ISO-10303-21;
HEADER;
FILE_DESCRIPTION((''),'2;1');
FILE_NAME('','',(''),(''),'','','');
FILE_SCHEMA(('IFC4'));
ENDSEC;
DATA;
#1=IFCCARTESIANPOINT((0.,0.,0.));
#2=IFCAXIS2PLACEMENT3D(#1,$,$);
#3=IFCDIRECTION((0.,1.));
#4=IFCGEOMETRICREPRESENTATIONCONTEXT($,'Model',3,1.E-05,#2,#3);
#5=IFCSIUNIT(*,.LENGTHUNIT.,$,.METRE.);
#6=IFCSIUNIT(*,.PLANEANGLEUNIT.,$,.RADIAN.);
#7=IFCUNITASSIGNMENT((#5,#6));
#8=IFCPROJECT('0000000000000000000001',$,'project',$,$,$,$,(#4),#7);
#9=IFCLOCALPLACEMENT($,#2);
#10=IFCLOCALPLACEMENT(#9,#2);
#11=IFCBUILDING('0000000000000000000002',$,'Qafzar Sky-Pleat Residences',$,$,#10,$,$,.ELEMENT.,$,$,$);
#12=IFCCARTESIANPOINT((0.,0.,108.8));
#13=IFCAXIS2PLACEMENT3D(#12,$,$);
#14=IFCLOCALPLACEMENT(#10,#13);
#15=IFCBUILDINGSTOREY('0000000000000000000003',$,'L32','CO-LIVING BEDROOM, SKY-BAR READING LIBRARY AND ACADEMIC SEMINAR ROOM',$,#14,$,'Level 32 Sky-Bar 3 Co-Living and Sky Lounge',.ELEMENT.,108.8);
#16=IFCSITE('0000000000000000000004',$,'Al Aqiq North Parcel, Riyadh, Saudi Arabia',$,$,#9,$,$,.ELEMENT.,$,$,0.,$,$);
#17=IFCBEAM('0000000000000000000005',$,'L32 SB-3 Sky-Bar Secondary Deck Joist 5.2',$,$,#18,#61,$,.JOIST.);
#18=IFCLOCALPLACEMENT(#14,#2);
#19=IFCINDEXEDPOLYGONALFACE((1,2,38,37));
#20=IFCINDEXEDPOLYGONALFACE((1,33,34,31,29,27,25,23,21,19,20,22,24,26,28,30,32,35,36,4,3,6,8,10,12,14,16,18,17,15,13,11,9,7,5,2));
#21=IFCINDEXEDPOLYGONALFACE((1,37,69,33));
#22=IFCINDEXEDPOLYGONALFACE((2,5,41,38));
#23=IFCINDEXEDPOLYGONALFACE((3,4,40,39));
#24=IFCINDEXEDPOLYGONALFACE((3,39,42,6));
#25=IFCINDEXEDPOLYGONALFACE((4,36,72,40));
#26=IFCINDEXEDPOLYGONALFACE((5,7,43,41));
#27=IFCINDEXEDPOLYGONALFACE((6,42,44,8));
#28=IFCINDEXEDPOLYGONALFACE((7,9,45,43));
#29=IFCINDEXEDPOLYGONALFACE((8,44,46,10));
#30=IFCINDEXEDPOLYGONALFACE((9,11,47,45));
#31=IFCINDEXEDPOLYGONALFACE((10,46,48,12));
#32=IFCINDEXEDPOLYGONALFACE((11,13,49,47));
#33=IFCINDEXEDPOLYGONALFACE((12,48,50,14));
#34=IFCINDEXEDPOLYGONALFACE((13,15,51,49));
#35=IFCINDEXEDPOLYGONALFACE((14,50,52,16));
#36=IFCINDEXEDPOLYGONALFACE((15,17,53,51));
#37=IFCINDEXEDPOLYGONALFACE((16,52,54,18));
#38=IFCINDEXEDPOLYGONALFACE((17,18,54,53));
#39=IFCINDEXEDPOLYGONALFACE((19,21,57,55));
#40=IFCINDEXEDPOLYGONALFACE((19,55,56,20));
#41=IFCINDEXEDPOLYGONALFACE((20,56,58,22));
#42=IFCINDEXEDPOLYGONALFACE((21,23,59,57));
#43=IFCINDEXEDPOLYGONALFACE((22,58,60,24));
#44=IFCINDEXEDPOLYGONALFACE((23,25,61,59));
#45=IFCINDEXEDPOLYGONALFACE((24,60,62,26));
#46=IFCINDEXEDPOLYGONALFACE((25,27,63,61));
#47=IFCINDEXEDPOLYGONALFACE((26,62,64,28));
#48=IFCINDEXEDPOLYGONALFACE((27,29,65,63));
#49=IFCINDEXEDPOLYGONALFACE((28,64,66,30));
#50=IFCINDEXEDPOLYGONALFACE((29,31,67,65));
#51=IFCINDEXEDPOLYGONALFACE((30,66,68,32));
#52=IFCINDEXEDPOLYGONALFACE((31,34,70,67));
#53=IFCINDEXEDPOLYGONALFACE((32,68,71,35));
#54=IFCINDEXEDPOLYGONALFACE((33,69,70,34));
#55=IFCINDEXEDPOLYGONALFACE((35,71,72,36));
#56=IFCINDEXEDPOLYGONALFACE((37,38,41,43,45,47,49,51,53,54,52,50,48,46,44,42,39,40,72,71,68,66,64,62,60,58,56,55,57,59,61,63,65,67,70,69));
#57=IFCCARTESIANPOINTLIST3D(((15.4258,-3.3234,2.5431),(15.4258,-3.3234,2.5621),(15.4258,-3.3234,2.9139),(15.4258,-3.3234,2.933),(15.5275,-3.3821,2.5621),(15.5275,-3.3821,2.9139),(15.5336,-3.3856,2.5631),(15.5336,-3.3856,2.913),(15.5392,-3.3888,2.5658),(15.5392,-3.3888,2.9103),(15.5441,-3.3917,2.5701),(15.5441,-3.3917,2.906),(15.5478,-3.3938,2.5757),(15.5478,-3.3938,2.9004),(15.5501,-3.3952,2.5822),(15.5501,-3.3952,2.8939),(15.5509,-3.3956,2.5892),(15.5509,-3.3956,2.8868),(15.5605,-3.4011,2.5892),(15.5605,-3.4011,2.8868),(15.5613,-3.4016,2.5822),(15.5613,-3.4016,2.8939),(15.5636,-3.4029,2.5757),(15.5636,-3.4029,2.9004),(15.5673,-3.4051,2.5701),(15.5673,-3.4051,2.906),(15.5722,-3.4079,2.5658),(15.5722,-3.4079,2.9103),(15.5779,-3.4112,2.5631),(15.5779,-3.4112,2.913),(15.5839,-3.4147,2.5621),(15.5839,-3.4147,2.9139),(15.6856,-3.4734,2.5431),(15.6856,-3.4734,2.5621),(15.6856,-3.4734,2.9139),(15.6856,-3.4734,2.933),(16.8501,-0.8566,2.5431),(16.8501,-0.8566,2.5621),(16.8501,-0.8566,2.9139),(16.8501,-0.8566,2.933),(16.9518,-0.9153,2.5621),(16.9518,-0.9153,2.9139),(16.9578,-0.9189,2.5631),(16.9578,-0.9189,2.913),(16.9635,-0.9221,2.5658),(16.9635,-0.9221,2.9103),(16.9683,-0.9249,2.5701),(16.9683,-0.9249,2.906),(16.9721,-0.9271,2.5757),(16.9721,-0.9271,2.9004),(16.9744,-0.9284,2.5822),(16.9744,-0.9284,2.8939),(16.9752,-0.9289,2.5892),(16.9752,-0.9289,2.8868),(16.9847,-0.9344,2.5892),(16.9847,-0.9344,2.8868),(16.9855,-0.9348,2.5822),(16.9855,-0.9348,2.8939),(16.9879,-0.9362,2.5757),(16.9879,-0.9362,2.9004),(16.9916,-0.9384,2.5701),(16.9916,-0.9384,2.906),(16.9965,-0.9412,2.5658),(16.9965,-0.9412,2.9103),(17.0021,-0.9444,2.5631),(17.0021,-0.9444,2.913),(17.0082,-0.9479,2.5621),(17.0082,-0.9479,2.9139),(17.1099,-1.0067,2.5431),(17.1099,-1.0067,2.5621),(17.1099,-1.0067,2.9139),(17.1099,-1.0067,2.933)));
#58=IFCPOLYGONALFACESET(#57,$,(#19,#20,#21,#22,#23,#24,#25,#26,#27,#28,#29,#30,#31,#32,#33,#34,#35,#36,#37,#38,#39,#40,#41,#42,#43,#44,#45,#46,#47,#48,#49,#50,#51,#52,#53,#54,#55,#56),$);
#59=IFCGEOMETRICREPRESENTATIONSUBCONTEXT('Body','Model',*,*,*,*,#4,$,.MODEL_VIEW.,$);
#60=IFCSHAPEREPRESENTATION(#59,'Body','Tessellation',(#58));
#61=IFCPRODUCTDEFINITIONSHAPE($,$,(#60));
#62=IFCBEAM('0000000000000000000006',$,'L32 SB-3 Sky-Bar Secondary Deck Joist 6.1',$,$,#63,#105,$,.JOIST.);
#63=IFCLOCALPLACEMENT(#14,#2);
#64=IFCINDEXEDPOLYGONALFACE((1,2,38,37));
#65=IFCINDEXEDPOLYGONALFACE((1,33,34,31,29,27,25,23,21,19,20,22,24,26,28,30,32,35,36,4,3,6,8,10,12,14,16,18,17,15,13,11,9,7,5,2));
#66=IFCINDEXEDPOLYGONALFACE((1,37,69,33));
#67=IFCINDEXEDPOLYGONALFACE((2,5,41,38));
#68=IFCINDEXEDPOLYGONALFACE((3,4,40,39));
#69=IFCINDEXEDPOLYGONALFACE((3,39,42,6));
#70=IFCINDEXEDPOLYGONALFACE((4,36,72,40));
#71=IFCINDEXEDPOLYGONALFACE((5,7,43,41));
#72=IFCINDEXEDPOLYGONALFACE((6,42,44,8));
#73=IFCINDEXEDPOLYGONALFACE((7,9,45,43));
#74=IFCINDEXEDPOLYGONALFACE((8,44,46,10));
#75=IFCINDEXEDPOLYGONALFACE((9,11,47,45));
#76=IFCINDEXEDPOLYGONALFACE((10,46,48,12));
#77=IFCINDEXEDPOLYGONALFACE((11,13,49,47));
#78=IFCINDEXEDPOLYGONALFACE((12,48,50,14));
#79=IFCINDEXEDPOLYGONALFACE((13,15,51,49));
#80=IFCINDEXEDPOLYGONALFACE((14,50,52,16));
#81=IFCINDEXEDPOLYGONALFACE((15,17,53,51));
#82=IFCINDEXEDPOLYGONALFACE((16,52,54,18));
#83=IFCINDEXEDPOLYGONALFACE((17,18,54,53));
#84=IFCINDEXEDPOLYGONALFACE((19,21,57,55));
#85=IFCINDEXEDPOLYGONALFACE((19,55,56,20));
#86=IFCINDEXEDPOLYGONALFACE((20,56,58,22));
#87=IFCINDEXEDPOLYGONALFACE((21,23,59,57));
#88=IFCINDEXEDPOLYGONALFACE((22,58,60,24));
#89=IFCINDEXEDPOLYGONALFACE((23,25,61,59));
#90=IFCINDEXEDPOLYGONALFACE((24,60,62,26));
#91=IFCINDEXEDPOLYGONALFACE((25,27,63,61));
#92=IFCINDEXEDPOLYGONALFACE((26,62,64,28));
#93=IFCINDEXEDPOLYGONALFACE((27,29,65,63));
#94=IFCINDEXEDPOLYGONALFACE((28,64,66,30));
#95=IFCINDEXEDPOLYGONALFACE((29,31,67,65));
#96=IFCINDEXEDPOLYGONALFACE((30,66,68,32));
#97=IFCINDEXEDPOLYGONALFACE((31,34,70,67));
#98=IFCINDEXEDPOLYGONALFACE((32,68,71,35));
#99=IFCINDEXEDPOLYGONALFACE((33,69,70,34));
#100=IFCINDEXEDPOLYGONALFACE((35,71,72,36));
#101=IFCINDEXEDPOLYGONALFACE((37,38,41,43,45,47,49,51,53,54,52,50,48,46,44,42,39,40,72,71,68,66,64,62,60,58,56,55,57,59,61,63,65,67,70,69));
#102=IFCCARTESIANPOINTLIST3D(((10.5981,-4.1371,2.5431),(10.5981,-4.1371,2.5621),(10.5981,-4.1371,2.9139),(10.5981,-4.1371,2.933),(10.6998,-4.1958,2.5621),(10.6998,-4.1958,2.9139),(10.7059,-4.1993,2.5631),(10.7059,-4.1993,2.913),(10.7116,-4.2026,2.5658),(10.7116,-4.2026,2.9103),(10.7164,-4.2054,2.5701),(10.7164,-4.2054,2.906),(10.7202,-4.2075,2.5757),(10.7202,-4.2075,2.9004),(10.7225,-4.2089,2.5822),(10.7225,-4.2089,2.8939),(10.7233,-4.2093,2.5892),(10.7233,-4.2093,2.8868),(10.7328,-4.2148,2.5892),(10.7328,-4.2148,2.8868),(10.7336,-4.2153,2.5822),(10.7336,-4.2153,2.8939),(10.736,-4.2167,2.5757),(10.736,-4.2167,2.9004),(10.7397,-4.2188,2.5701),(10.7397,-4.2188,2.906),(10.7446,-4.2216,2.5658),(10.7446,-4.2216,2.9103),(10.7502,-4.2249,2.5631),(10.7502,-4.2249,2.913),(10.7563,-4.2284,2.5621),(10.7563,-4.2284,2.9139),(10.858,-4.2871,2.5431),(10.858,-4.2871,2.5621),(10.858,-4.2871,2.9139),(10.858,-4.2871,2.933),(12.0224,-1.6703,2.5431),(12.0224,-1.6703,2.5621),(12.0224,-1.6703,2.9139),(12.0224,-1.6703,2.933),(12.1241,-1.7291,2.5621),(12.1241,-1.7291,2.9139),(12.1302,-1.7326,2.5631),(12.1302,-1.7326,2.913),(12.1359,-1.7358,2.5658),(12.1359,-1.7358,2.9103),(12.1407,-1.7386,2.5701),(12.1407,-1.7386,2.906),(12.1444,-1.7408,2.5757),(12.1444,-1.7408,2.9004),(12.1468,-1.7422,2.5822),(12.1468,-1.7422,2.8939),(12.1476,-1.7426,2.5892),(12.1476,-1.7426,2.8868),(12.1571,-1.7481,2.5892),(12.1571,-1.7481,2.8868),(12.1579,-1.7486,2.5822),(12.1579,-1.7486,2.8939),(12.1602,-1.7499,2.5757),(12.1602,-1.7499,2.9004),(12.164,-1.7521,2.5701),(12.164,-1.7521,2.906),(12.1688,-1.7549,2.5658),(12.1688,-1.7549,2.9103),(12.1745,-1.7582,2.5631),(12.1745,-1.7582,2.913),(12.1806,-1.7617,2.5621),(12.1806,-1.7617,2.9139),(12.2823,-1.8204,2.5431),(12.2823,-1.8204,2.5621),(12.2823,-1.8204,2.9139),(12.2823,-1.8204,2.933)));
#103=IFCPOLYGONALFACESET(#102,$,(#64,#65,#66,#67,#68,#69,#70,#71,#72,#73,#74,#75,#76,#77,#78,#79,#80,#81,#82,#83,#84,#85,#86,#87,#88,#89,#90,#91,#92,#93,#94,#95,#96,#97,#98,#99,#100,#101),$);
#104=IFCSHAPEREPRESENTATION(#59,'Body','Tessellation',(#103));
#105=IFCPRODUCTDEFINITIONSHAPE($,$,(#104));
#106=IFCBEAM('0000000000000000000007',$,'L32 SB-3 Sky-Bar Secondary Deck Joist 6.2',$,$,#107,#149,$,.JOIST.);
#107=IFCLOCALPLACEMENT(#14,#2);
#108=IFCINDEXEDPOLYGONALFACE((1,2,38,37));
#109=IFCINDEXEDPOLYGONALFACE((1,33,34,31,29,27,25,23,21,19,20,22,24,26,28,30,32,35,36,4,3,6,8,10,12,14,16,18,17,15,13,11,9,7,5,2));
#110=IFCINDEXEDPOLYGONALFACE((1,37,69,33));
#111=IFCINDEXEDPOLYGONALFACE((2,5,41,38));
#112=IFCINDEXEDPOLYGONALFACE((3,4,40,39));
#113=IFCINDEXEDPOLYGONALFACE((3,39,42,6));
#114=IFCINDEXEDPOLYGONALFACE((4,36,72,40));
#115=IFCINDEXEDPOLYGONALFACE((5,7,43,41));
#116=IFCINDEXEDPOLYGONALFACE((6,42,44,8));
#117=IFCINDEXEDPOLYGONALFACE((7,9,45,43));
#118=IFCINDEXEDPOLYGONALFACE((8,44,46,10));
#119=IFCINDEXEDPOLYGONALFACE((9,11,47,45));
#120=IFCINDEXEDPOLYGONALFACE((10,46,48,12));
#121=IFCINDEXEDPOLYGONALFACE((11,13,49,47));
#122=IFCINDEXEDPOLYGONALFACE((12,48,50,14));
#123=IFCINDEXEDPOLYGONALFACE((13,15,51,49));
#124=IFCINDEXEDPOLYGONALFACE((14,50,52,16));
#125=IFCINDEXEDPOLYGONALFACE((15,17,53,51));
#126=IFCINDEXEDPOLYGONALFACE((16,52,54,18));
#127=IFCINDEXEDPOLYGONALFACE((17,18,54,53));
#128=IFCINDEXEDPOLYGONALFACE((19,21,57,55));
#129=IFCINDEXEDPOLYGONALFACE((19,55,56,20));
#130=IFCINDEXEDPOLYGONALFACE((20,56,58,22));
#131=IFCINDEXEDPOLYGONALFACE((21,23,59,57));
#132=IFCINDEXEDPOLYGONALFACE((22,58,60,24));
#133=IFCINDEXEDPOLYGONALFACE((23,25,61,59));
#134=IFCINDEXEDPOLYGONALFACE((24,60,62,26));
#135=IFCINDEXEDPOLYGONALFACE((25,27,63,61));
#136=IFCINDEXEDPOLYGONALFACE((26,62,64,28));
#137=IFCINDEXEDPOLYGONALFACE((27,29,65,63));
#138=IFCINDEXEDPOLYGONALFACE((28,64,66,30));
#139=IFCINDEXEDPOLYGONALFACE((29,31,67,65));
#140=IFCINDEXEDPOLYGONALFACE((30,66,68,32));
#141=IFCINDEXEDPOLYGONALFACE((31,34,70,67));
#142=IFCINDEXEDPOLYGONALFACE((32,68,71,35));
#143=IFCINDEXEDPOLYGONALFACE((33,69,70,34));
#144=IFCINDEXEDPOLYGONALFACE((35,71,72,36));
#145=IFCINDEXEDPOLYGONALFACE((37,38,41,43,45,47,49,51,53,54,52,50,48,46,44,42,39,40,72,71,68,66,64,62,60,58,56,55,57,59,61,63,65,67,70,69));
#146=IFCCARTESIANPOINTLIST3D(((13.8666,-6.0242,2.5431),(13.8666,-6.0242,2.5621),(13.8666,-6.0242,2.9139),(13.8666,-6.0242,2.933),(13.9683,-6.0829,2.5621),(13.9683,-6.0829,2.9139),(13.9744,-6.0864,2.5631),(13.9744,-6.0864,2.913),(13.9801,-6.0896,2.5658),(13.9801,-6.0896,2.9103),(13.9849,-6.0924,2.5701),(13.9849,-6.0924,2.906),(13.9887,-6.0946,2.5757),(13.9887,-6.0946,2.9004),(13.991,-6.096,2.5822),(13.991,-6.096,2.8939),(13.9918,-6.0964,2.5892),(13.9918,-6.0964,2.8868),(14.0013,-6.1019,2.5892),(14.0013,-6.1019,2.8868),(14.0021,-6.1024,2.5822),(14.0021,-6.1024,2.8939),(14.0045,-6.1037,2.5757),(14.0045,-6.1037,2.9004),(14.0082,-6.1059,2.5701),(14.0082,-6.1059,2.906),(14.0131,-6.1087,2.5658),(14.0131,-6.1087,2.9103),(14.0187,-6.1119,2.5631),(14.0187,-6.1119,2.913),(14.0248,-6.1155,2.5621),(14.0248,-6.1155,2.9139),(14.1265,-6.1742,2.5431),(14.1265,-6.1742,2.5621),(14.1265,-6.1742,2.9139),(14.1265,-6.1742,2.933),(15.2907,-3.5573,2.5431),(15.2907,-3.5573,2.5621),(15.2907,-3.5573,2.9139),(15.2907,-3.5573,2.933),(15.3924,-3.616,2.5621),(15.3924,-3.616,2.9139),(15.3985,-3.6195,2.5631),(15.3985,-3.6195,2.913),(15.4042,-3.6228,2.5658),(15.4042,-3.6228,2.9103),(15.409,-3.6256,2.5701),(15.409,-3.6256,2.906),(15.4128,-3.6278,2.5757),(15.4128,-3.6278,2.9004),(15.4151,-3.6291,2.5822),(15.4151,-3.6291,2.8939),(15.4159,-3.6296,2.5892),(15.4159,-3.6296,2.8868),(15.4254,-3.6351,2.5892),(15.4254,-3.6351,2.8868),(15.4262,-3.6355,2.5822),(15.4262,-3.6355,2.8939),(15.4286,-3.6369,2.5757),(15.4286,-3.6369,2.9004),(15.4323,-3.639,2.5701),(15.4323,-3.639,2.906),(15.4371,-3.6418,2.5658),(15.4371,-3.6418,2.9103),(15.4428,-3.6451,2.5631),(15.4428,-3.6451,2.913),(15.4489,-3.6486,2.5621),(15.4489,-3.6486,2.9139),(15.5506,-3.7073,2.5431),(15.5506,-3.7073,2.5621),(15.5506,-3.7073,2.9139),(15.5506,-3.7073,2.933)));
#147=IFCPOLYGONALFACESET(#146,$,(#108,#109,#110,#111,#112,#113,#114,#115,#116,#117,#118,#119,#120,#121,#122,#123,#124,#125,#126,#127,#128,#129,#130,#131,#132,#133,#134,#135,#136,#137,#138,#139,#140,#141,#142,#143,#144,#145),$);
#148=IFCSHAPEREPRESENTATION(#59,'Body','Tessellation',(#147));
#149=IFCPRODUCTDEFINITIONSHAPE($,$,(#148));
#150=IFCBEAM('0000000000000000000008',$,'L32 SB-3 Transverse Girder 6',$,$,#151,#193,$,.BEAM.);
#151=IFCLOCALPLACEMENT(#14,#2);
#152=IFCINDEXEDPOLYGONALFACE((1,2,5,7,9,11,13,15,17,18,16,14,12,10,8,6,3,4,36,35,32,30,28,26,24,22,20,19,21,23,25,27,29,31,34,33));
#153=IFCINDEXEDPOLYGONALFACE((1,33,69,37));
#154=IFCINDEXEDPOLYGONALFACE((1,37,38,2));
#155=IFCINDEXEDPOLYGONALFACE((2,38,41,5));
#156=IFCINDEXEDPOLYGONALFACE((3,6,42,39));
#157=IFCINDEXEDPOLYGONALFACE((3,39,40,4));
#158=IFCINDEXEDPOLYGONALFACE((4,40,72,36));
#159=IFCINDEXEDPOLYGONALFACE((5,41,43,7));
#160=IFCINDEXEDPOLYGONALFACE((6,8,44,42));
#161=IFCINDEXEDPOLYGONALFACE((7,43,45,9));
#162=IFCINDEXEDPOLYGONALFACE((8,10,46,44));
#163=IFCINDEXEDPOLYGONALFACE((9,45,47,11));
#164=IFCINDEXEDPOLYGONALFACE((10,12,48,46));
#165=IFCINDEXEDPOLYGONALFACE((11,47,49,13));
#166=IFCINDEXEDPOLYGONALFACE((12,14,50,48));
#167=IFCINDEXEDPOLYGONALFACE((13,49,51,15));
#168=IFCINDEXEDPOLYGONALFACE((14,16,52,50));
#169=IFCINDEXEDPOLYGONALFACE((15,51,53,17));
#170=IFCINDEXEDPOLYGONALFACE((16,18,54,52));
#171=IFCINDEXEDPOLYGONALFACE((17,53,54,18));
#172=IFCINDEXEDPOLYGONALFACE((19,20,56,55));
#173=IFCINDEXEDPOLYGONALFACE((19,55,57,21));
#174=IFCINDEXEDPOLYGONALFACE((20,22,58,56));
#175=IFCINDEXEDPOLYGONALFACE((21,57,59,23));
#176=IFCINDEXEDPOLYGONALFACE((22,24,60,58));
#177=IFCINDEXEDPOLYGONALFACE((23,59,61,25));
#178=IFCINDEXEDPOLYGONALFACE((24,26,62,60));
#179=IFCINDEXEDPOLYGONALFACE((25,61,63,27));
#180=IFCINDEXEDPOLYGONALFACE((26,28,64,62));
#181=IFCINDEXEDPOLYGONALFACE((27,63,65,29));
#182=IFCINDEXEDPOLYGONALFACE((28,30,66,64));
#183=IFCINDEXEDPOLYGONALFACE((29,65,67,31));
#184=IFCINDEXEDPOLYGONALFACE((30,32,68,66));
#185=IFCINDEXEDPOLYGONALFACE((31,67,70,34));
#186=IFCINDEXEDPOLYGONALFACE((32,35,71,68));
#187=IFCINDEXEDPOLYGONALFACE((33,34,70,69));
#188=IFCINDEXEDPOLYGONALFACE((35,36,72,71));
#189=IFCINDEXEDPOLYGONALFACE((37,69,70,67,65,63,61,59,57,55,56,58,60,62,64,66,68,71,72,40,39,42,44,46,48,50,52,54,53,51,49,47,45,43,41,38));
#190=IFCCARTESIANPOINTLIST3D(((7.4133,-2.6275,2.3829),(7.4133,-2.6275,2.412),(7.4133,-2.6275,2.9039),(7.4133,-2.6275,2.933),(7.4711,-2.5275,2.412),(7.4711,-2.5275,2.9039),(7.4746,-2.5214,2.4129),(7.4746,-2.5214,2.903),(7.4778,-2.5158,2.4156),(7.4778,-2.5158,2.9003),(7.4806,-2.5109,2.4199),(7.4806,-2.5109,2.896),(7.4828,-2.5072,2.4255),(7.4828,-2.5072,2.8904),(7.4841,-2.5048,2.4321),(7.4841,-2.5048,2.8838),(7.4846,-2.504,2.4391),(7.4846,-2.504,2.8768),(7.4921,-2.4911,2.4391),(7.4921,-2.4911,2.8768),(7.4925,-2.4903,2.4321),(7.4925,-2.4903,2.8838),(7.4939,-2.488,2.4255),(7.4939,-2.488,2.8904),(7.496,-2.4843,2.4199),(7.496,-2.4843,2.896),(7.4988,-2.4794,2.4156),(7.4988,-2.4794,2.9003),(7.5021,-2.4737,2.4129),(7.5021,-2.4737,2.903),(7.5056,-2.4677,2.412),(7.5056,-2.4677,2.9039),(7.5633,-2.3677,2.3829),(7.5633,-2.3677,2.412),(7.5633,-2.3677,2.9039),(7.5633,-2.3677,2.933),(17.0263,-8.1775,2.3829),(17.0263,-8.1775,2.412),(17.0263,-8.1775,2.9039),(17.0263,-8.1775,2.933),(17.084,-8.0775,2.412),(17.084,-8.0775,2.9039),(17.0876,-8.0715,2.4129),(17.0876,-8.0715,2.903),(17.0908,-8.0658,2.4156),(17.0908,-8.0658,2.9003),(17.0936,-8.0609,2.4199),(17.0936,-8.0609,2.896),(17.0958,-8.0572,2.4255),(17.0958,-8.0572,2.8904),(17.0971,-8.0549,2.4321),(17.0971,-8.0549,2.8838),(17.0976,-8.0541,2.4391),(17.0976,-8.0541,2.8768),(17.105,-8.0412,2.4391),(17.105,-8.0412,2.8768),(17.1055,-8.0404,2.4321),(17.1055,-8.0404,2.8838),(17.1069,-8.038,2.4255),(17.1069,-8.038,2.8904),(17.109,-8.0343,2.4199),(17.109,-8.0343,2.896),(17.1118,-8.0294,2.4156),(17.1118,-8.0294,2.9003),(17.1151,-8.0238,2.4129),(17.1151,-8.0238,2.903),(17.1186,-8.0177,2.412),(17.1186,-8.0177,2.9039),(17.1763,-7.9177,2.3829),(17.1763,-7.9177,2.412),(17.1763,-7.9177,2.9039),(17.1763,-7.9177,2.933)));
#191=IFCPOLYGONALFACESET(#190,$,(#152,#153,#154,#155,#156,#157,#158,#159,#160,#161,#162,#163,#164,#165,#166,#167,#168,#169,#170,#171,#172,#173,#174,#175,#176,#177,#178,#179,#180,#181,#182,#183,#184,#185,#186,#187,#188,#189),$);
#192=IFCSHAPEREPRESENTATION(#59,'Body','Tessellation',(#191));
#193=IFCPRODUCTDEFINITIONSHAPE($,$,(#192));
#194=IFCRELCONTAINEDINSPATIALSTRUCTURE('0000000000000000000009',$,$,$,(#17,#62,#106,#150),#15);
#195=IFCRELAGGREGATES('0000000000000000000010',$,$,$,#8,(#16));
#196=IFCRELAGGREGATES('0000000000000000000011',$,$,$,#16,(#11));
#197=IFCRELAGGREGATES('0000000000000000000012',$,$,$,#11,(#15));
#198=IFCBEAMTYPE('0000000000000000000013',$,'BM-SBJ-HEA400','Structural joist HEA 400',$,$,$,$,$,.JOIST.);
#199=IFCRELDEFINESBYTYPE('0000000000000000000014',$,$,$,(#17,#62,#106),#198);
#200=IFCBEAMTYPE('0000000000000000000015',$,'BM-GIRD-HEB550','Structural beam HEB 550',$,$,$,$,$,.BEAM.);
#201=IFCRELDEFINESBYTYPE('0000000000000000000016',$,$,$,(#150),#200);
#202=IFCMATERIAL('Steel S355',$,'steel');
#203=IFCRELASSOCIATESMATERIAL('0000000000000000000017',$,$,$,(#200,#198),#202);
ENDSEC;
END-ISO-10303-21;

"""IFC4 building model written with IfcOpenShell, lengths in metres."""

from ifc_helpers import new_model, si_unit, direction, frame, origin, origin_2d, place, context, subcontext, project, spatial, i_section, extrude, source, transform, mapped, material, material_profile, profile_set, type_object, element, save


model = new_model("IFC4")

# Units and contexts
model_context = context("Model", 3, precision=1e-05, world=origin(), true_north=direction((0.0, 1.0)))
body_context = subcontext(model_context, "Body", "Model", "MODEL_VIEW")
ifc_project = project(units=[si_unit("LENGTHUNIT", "METRE"), si_unit("PLANEANGLEUNIT", "RADIAN")], contexts=[model_context])

# Site, building, storey
site_placement = place(None, origin())
site = spatial("IfcSite", under=ifc_project, at=site_placement, Name="Al Aqiq North Parcel, Riyadh, Saudi Arabia", CompositionType="ELEMENT", RefElevation=0.0)
building_placement = place(site_placement, origin())
building = spatial("IfcBuilding", under=site, at=building_placement, Name="Qafzar Sky-Pleat Residences", CompositionType="ELEMENT")
storey_placement = place(building_placement, frame((0.0, 0.0, 108.8)))
storey = spatial("IfcBuildingStorey", under=building, at=storey_placement, Name="L32", Description="CO-LIVING BEDROOM, SKY-BAR READING LIBRARY AND ACADEMIC SEMINAR ROOM", LongName="Level 32 Sky-Bar 3 Co-Living and Sky Lounge", CompositionType="ELEMENT", Elevation=108.8)

# Beams
ifc_material_1 = material(Name="Steel S355", Category="steel")
ifc_material_profile_1 = material_profile(ifc_material_1, i_section(OverallWidth=0.3, OverallDepth=0.55, WebThickness=0.0149, FlangeThickness=0.0291, FilletRadius=0.0271, at=origin_2d()), Name="HEB 550")
ifc_profile_set_1 = profile_set([ifc_material_profile_1], Name="Steel S355")
beam_type_1 = type_object("IfcBeamType", Name="BM-GIRD-HEB550", Description="Structural beam HEB 550", PredefinedType="BEAM", material=ifc_profile_set_1)
ifc_material_profile_2 = material_profile(ifc_material_1, i_section(OverallWidth=0.3, OverallDepth=0.3899, WebThickness=0.011, FlangeThickness=0.019, FilletRadius=0.0271, at=origin_2d()), Name="HEA 400")
ifc_profile_set_2 = profile_set([ifc_material_profile_2], Name="Steel S355")
beam_type_2 = type_object("IfcBeamType", Name="BM-SBJ-HEA400", Description="Structural joist HEA 400", PredefinedType="JOIST", material=ifc_profile_set_2)
shared_shape_1 = source(origin(), body_context, "Body", "SweptSolid", [
    extrude(i_section(OverallWidth=0.3, OverallDepth=0.3899, WebThickness=0.011, FlangeThickness=0.019, FilletRadius=0.0271, at=origin_2d()), origin(), (0.0, 0.0, 1.0), 2.8484),
])
for number, where, z_axis, x_axis, name in (
    (1, (16.98, -0.9316, 2.738), (-0.500029, -0.866009, 0.0), (0.866009, -0.500029, 0.0), "L32 SB-3 Sky-Bar Secondary Deck Joist 5.2"),
    (2, (12.1523, -1.7454, 2.738), (-0.500029, -0.866009, 0.0), (0.866009, -0.500029, 0.0), "L32 SB-3 Sky-Bar Secondary Deck Joist 6.1"),
    (3, (15.4207, -3.6323, 2.738), (-0.499965, -0.866046, 0.0), (0.866046, -0.499965, 0.0), "L32 SB-3 Sky-Bar Secondary Deck Joist 6.2"),
):
    element("IfcBeam", number, at=place(storey_placement, frame(where, z_axis=z_axis, x_axis=x_axis)), inside=storey, type_object=beam_type_2, Name=name, PredefinedType="JOIST", context=body_context, shape_type="MappedRepresentation", body=[
        mapped(shared_shape_1, transform((0.0, 0.0, 0.0), x_axis=(1.0, 0.0, 0.0), y_axis=(0.0, 1.0, 0.0), z_axis=(0.0, 0.0, 1.0), scale=1.0)),
    ])
shared_shape_2 = source(origin(), body_context, "Body", "SweptSolid", [
    extrude(i_section(OverallWidth=0.3, OverallDepth=0.55, WebThickness=0.0149, FlangeThickness=0.0291, FilletRadius=0.0271, at=origin_2d()), origin(), (0.0, 0.0, 1.0), 11.1001),
])
for number, where, z_axis, x_axis, name in (
    (4, (17.1013, -8.0476, 2.658), (-0.866027, 0.499997, 0.0), (-0.499997, -0.866027, 0.0), "L32 SB-3 Transverse Girder 6"),
):
    element("IfcBeam", number, at=place(storey_placement, frame(where, z_axis=z_axis, x_axis=x_axis)), inside=storey, type_object=beam_type_1, Name=name, PredefinedType="BEAM", context=body_context, shape_type="MappedRepresentation", body=[
        mapped(shared_shape_2, transform((0.0, 0.0, 0.0), x_axis=(1.0, 0.0, 0.0), y_axis=(0.0, 1.0, 0.0), z_axis=(0.0, 0.0, 1.0), scale=1.0)),
    ])

save(model, "model.ifc")
